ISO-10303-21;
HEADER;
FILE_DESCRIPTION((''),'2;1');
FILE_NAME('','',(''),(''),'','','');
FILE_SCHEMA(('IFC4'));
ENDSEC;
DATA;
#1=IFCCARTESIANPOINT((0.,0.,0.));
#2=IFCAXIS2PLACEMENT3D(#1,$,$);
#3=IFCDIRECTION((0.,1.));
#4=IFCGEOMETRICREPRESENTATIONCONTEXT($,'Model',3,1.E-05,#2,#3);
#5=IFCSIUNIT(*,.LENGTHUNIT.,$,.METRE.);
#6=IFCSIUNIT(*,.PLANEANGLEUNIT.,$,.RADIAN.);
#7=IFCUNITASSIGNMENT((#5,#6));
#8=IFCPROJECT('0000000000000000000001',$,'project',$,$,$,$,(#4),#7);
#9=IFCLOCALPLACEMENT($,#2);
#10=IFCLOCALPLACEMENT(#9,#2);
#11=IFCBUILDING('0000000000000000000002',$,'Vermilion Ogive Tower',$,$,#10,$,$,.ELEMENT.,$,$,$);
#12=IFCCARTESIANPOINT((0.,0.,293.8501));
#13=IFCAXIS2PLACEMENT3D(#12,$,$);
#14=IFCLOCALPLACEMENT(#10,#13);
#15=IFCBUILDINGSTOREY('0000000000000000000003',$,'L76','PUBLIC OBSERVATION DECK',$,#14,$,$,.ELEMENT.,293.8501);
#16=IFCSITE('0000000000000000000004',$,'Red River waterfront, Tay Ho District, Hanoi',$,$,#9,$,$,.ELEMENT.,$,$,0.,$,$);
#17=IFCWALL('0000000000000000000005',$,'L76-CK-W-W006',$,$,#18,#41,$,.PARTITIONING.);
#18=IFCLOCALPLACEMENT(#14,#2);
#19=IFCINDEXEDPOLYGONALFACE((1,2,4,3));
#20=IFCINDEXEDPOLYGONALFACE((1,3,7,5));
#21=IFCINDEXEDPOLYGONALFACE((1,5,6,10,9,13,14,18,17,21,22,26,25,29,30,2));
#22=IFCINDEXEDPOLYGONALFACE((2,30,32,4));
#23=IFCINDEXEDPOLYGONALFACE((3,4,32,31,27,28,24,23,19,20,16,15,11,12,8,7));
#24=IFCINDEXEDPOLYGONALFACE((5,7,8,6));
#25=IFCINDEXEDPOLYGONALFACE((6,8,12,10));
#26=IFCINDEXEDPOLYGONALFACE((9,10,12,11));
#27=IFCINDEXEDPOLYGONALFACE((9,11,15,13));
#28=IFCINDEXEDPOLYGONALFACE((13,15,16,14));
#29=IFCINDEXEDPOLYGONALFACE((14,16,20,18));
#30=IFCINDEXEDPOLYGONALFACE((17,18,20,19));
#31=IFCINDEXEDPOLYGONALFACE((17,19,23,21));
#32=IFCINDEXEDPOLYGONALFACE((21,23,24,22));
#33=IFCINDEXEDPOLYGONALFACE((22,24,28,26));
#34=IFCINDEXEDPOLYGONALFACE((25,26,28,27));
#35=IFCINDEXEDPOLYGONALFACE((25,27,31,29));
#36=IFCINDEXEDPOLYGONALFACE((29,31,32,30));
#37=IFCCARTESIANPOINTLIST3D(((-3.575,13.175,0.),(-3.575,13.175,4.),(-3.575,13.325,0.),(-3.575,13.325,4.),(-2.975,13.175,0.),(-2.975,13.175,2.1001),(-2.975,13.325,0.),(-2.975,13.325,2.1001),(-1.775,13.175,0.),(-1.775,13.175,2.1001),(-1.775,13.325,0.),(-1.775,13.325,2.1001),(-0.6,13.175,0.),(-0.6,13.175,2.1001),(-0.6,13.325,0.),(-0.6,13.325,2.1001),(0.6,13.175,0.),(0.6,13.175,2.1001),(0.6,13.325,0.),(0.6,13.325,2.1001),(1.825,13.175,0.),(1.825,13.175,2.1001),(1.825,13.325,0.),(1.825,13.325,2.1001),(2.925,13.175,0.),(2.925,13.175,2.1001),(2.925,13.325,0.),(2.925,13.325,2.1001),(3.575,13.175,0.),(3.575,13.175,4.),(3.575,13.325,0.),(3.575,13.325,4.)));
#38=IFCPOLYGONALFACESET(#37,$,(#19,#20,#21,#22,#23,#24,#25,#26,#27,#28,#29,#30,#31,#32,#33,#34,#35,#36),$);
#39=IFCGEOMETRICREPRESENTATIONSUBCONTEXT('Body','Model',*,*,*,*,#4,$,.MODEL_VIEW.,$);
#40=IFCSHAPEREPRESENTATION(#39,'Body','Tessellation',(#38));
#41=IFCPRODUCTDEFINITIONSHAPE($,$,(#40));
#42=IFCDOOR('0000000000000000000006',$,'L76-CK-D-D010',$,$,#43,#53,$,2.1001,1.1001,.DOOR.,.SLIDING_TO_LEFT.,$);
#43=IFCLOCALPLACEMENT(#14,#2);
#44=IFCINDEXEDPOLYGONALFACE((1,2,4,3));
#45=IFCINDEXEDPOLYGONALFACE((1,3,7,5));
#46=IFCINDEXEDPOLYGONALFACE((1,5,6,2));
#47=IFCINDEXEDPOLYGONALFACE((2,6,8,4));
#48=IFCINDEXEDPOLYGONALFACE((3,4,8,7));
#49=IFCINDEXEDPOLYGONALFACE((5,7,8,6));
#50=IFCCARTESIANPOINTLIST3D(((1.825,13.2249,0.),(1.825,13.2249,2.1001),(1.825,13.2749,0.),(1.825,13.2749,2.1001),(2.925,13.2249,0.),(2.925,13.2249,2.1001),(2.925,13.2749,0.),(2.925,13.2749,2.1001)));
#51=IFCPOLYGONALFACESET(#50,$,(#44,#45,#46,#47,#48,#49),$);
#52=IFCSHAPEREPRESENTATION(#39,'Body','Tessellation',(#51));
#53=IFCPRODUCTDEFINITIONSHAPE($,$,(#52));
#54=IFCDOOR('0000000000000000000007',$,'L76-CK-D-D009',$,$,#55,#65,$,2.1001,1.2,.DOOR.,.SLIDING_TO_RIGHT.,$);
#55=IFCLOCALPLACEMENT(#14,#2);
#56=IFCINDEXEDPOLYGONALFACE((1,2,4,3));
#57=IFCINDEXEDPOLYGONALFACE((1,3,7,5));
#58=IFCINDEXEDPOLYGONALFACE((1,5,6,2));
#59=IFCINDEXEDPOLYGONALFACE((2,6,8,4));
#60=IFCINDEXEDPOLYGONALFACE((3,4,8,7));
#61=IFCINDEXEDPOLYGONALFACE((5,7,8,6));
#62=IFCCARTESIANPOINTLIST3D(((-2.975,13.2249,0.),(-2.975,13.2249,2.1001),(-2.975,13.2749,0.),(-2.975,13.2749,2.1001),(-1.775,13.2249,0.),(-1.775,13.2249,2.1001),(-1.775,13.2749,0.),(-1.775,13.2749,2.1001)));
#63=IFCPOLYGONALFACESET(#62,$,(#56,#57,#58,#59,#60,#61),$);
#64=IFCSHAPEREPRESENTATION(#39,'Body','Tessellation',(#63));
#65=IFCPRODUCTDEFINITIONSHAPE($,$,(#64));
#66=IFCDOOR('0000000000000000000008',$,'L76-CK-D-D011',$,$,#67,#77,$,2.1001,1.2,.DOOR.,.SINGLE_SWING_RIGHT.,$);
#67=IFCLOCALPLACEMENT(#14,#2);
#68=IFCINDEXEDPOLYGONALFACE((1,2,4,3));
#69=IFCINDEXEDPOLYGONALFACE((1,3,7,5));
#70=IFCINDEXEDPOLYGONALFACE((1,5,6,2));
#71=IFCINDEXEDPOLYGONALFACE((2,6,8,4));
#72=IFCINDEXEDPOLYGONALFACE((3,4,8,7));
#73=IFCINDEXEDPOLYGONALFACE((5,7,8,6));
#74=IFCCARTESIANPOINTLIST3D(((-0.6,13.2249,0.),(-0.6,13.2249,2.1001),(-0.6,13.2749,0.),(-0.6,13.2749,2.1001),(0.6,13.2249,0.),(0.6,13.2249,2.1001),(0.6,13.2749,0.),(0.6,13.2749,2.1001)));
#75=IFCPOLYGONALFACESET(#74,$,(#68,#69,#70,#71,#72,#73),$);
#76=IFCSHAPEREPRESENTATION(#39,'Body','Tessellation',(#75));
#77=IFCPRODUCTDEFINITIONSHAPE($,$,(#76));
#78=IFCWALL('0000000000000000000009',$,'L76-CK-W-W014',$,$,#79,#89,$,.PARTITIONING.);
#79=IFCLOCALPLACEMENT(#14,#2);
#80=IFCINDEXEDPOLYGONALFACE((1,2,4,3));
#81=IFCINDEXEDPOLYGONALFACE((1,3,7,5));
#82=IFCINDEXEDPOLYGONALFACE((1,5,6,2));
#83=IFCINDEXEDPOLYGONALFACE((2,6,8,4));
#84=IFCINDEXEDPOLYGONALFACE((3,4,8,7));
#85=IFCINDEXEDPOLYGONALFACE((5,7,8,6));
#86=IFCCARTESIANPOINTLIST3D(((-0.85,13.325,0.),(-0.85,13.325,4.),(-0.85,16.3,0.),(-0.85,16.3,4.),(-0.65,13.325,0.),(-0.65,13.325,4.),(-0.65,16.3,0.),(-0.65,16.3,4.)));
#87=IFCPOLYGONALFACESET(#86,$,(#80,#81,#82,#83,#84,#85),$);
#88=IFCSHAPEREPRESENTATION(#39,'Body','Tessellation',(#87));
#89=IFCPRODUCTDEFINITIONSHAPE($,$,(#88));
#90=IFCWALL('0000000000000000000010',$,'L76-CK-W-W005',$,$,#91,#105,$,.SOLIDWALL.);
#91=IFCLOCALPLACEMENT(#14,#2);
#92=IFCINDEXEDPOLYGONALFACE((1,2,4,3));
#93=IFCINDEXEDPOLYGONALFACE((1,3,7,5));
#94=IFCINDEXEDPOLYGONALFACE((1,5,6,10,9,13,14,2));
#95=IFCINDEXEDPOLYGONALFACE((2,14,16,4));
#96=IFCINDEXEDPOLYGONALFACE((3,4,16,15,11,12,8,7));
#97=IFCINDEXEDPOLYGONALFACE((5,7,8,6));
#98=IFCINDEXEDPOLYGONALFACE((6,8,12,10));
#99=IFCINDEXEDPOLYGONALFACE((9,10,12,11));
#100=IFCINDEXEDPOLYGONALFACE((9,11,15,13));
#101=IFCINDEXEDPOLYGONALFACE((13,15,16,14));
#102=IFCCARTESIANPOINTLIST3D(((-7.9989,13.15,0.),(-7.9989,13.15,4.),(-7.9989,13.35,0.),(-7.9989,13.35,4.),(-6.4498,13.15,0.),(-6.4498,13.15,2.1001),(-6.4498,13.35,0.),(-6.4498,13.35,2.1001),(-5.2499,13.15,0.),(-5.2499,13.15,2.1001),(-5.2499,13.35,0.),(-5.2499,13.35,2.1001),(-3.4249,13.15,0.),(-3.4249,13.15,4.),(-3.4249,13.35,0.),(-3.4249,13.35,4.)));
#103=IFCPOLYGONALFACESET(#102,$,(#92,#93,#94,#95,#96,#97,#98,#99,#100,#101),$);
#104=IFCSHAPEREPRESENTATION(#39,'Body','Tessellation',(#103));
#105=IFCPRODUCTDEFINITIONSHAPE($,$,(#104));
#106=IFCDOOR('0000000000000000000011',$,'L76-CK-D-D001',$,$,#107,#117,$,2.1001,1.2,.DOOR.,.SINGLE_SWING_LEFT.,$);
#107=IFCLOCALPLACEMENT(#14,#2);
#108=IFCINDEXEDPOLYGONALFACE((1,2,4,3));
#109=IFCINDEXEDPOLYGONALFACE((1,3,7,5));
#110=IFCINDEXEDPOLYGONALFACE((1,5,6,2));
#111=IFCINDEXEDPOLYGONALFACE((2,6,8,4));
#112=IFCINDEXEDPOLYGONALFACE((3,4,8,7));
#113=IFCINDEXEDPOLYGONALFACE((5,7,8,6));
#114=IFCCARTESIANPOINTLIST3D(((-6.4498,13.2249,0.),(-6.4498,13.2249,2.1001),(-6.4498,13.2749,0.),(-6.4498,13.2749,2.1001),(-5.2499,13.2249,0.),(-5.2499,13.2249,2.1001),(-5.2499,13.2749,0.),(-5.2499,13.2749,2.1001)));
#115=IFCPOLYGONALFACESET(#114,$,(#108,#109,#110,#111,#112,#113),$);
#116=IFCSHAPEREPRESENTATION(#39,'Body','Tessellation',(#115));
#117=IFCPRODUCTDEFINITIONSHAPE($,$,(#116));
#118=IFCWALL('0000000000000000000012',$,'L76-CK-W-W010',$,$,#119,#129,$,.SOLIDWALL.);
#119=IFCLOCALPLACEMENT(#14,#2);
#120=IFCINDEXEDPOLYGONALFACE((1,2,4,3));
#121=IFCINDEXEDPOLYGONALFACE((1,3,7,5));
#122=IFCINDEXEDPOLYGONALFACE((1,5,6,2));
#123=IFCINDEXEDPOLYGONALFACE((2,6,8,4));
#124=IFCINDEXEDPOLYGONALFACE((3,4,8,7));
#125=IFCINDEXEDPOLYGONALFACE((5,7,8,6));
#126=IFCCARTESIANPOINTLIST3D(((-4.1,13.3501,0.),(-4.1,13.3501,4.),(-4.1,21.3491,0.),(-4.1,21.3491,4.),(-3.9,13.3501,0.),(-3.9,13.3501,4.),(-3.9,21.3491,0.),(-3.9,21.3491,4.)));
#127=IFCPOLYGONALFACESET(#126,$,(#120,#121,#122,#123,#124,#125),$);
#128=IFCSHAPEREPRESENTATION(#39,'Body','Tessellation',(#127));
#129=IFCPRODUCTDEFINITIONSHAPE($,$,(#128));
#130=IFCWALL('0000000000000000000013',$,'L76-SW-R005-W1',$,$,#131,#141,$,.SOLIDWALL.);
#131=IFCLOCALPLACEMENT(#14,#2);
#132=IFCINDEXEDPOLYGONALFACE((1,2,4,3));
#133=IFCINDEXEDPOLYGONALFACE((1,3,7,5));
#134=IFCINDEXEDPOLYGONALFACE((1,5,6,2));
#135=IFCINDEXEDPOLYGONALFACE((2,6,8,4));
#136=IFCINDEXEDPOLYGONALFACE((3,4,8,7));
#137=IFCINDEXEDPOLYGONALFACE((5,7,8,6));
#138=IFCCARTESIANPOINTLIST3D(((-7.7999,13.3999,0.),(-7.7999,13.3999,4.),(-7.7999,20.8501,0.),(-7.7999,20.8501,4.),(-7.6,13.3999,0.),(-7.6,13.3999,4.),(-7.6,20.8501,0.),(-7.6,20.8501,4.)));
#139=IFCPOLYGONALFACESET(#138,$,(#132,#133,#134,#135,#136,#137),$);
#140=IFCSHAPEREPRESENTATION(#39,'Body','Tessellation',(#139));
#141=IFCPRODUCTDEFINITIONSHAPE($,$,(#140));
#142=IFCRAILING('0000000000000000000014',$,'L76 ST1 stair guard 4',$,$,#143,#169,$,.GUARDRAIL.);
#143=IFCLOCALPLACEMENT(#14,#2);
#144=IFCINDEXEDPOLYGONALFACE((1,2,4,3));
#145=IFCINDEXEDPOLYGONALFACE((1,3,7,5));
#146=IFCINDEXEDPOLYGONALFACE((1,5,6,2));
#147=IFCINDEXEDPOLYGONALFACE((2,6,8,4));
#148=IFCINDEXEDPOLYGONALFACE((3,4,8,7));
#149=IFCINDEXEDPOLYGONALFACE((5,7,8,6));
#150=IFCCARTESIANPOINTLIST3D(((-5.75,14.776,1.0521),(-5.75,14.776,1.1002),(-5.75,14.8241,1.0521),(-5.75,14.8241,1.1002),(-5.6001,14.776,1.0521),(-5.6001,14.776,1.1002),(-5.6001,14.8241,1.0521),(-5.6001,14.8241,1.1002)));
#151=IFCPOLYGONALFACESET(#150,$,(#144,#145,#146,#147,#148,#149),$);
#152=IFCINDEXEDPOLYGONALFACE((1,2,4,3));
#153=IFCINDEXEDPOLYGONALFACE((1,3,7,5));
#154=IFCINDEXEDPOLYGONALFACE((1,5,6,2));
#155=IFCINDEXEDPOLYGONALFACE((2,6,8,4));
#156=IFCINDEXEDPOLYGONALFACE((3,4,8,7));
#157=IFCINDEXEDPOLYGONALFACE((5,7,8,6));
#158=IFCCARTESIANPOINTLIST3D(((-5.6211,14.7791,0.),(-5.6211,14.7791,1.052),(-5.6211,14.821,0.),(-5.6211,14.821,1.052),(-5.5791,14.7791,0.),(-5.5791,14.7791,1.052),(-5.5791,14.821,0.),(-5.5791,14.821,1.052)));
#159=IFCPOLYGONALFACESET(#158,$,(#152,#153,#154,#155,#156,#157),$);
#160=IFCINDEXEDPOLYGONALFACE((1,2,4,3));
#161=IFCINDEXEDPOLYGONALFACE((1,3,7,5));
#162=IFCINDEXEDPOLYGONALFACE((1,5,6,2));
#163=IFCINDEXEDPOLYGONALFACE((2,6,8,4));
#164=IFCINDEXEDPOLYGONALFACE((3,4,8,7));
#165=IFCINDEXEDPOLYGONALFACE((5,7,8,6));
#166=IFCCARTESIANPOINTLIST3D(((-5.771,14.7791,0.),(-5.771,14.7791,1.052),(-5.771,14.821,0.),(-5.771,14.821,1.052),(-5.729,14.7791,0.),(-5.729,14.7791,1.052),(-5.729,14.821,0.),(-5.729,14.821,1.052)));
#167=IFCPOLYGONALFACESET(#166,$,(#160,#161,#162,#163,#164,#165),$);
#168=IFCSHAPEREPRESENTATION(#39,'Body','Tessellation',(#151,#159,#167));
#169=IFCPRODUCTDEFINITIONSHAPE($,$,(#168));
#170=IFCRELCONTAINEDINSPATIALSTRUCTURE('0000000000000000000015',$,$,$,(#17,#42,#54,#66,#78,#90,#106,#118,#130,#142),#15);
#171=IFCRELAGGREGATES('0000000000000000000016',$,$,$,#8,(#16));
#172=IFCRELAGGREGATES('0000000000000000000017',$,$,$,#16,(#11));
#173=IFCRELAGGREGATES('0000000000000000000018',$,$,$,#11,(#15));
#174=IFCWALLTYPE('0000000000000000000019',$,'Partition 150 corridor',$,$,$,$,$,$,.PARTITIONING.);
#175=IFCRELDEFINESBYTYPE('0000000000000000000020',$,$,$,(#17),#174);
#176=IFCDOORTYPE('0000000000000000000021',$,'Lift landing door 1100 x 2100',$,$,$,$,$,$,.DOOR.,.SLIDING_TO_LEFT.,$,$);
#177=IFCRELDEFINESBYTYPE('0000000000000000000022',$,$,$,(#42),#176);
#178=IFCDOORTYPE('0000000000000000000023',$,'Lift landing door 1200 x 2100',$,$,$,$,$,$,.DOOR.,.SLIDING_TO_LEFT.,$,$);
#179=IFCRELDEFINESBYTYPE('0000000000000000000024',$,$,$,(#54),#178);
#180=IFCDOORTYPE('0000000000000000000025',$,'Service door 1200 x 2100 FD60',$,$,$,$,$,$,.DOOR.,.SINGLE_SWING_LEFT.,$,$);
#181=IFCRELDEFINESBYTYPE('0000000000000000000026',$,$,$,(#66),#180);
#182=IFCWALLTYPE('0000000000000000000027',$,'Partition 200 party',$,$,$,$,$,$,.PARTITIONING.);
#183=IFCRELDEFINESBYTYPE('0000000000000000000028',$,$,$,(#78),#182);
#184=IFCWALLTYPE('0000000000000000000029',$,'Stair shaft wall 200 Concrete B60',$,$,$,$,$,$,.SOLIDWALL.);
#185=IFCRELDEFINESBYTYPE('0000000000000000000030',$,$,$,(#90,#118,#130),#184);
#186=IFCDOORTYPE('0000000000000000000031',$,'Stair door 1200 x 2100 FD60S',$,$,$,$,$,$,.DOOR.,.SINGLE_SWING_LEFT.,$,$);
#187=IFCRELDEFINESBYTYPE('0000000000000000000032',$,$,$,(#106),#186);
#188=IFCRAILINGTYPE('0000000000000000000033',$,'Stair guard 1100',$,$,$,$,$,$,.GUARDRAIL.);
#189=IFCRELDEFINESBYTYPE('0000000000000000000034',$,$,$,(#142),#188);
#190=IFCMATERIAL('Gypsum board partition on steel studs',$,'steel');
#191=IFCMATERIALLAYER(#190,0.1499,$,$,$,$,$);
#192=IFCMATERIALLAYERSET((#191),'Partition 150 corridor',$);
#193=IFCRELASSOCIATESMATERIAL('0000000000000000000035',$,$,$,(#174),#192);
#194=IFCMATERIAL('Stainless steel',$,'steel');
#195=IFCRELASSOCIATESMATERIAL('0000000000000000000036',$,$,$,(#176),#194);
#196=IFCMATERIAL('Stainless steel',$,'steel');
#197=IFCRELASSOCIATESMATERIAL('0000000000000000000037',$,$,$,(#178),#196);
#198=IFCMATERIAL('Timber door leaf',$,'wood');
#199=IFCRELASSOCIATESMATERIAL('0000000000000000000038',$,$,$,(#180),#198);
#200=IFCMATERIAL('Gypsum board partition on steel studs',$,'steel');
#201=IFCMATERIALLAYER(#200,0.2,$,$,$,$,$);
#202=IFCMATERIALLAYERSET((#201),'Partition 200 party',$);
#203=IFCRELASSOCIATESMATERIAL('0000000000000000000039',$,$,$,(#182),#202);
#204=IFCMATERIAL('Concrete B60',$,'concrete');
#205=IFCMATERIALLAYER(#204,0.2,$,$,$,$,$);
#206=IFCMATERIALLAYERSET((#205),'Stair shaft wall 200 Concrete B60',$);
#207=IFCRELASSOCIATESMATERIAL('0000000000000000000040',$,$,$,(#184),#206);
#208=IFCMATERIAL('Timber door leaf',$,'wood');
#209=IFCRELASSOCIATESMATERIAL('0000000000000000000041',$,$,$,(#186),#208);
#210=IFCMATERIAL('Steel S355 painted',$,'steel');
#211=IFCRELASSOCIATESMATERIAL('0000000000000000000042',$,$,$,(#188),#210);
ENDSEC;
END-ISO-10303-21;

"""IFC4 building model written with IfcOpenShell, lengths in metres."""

from ifc_helpers import new_model, si_unit, direction, frame, frame_2d, origin, origin_2d, place, context, subcontext, project, spatial, rectangle, extrude, material, layer, layer_set, type_object, element, fill, save


model = new_model("IFC4")

# Units and contexts
model_context = context("Model", 3, precision=1e-05, world=origin(), true_north=direction((0.0, 1.0)))
body_context = subcontext(model_context, "Body", "Model", "MODEL_VIEW")
ifc_project = project(units=[si_unit("LENGTHUNIT", "METRE"), si_unit("PLANEANGLEUNIT", "RADIAN")], contexts=[model_context])

# Site, building, storey
site_placement = place(None, origin())
site = spatial("IfcSite", under=ifc_project, at=site_placement, Name="Red River waterfront, Tay Ho District, Hanoi", CompositionType="ELEMENT", RefElevation=0.0)
building_placement = place(site_placement, origin())
building = spatial("IfcBuilding", under=site, at=building_placement, Name="Vermilion Ogive Tower", CompositionType="ELEMENT")
storey_placement = place(building_placement, frame((0.0, 0.0, 293.8501)))
storey = spatial("IfcBuildingStorey", under=building, at=storey_placement, Name="L76", Description="PUBLIC OBSERVATION DECK", CompositionType="ELEMENT", Elevation=293.8501)

# Shared definitions
ifc_material_1 = material(Name="Gypsum board partition on steel studs", Category="steel")
ifc_layer_1 = layer(ifc_material_1, 0.1499)
ifc_layer_set_1 = layer_set([ifc_layer_1], Name="Partition 150 corridor")
wall_type_1 = type_object("IfcWallType", Name="Partition 150 corridor", PredefinedType="PARTITIONING", material=ifc_layer_set_1)

# Wall, openings, doors
wall_1_placement = place(storey_placement, frame((-3.575, 13.25, 0.0), z_axis=(0.0, 0.0, 1.0), x_axis=(1.0, 0.0, 0.0)))
wall_1 = element("IfcWall", 1, at=wall_1_placement, inside=storey, type_object=wall_type_1, Name="L76-CK-W-W006", PredefinedType="PARTITIONING", context=body_context, shape_type="SweptSolid", body=[
    extrude(rectangle(XDim=7.1499, YDim=0.1499, at=frame_2d((3.575, 0.0))), origin(), (0.0, 0.0, 1.0), 4.0),
])
opening_1_placement = place(wall_1_placement, frame((0.5999, 0.0, 0.0)))
opening_1 = element("IfcOpeningElement", 2, at=opening_1_placement, cuts=wall_1, PredefinedType="OPENING", context=body_context, shape_type="SweptSolid", body=[
    extrude(rectangle(XDim=1.2, YDim=2.1001, at=frame_2d((0.6001, 1.05))), frame((0.0, 0.085, 0.0), z_axis=(0.0, -1.0, 0.0), x_axis=(1.0, 0.0, 0.0)), (0.0, 0.0, 1.0), 0.1699),
])
opening_2_placement = place(wall_1_placement, frame((5.3999, 0.0, 0.0)))
opening_2 = element("IfcOpeningElement", 3, at=opening_2_placement, cuts=wall_1, PredefinedType="OPENING", context=body_context, shape_type="SweptSolid", body=[
    extrude(rectangle(XDim=1.1001, YDim=2.1001, at=frame_2d((0.55, 1.05))), frame((0.0, 0.085, 0.0), z_axis=(0.0, -1.0, 0.0), x_axis=(1.0, 0.0, 0.0)), (0.0, 0.0, 1.0), 0.1699),
])
opening_3_placement = place(wall_1_placement, frame((2.9749, 0.0, 0.0)))
opening_3 = element("IfcOpeningElement", 4, at=opening_3_placement, cuts=wall_1, PredefinedType="OPENING", context=body_context, shape_type="SweptSolid", body=[
    extrude(rectangle(XDim=1.2, YDim=2.1001, at=frame_2d((0.6001, 1.05))), frame((0.0, 0.085, 0.0), z_axis=(0.0, -1.0, 0.0), x_axis=(1.0, 0.0, 0.0)), (0.0, 0.0, 1.0), 0.1699),
])
ifc_material_2 = material(Name="Stainless steel", Category="steel")
door_type_1 = type_object("IfcDoorType", Name="Lift landing door 1100 x 2100", OperationType="SLIDING_TO_LEFT", PredefinedType="DOOR", material=ifc_material_2)
door_1_placement = place(opening_2_placement, origin())
door_1 = element("IfcDoor", 5, at=door_1_placement, inside=storey, type_object=door_type_1, Name="L76-CK-D-D010", OperationType="SLIDING_TO_LEFT", OverallHeight=2.1001, OverallWidth=1.1001, PredefinedType="DOOR", context=body_context, shape_type="SweptSolid", body=[
    extrude(rectangle(XDim=1.1001, YDim=2.1001, at=frame_2d((0.55, 1.05))), frame((0.0, 0.0249, 0.0), z_axis=(0.0, -1.0, 0.0), x_axis=(1.0, 0.0, 0.0)), (0.0, 0.0, 1.0), 0.05),
])
fill(opening_2, door_1)
ifc_material_3 = material(Name="Stainless steel", Category="steel")
door_type_2 = type_object("IfcDoorType", Name="Lift landing door 1200 x 2100", OperationType="SLIDING_TO_LEFT", PredefinedType="DOOR", material=ifc_material_3)
door_2_placement = place(opening_1_placement, origin())
door_2 = element("IfcDoor", 6, at=door_2_placement, inside=storey, type_object=door_type_2, Name="L76-CK-D-D009", OperationType="SLIDING_TO_RIGHT", OverallHeight=2.1001, OverallWidth=1.2, PredefinedType="DOOR", context=body_context, shape_type="SweptSolid", body=[
    extrude(rectangle(XDim=1.2, YDim=2.1001, at=frame_2d((0.6001, 1.05))), frame((0.0, 0.0249, 0.0), z_axis=(0.0, -1.0, 0.0), x_axis=(1.0, 0.0, 0.0)), (0.0, 0.0, 1.0), 0.05),
])
fill(opening_1, door_2)
ifc_material_4 = material(Name="Timber door leaf", Category="wood")
door_type_3 = type_object("IfcDoorType", Name="Service door 1200 x 2100 FD60", OperationType="SINGLE_SWING_LEFT", PredefinedType="DOOR", material=ifc_material_4)
door_3_placement = place(opening_3_placement, origin())
door_3 = element("IfcDoor", 7, at=door_3_placement, inside=storey, type_object=door_type_3, Name="L76-CK-D-D011", OperationType="SINGLE_SWING_RIGHT", OverallHeight=2.1001, OverallWidth=1.2, PredefinedType="DOOR", context=body_context, shape_type="SweptSolid", body=[
    extrude(rectangle(XDim=1.2, YDim=2.1001, at=frame_2d((0.6001, 1.05))), frame((0.0, 0.0249, 0.0), z_axis=(0.0, -1.0, 0.0), x_axis=(1.0, 0.0, 0.0)), (0.0, 0.0, 1.0), 0.05),
])
fill(opening_3, door_3)

# Wall
ifc_material_5 = material(Name="Gypsum board partition on steel studs", Category="steel")
ifc_layer_2 = layer(ifc_material_5, 0.2)
ifc_layer_set_2 = layer_set([ifc_layer_2], Name="Partition 200 party")
wall_type_2 = type_object("IfcWallType", Name="Partition 200 party", PredefinedType="PARTITIONING", material=ifc_layer_set_2)
wall_2_placement = place(storey_placement, frame((-0.75, 13.325, 0.0), z_axis=(0.0, 0.0, 1.0), x_axis=(0.0, 1.0, 0.0)))
element("IfcWall", 8, at=wall_2_placement, inside=storey, type_object=wall_type_2, Name="L76-CK-W-W014", PredefinedType="PARTITIONING", context=body_context, shape_type="SweptSolid", body=[
    extrude(rectangle(XDim=2.9751, YDim=0.2, at=frame_2d((1.4875, 0.0))), origin(), (0.0, 0.0, 1.0), 4.0),
])

# Wall, opening, door
ifc_material_6 = material(Name="Concrete B60", Category="concrete")
ifc_layer_3 = layer(ifc_material_6, 0.2)
ifc_layer_set_3 = layer_set([ifc_layer_3], Name="Stair shaft wall 200 Concrete B60")
wall_type_3 = type_object("IfcWallType", Name="Stair shaft wall 200 Concrete B60", PredefinedType="SOLIDWALL", material=ifc_layer_set_3)
wall_3_placement = place(storey_placement, frame((-7.999, 13.25, 0.0), z_axis=(0.0, 0.0, 1.0), x_axis=(1.0, 0.0, 0.0)))
wall_3 = element("IfcWall", 9, at=wall_3_placement, inside=storey, type_object=wall_type_3, Name="L76-CK-W-W005", PredefinedType="SOLIDWALL", context=body_context, shape_type="SweptSolid", body=[
    extrude(rectangle(XDim=4.574, YDim=0.2, at=frame_2d((2.2871, 0.0))), origin(), (0.0, 0.0, 1.0), 4.0),
])
opening_4_placement = place(wall_3_placement, frame((1.5491, 0.0, 0.0)))
opening_4 = element("IfcOpeningElement", 10, at=opening_4_placement, cuts=wall_3, PredefinedType="OPENING", context=body_context, shape_type="SweptSolid", body=[
    extrude(rectangle(XDim=1.2, YDim=2.1001, at=frame_2d((0.6001, 1.05))), frame((0.0, 0.1099, 0.0), z_axis=(0.0, -1.0, 0.0), x_axis=(1.0, 0.0, 0.0)), (0.0, 0.0, 1.0), 0.22),
])
ifc_material_7 = material(Name="Timber door leaf", Category="wood")
door_type_4 = type_object("IfcDoorType", Name="Stair door 1200 x 2100 FD60S", OperationType="SINGLE_SWING_LEFT", PredefinedType="DOOR", material=ifc_material_7)
door_4_placement = place(opening_4_placement, origin())
door_4 = element("IfcDoor", 11, at=door_4_placement, inside=storey, type_object=door_type_4, Name="L76-CK-D-D001", OperationType="SINGLE_SWING_LEFT", OverallHeight=2.1001, OverallWidth=1.2, PredefinedType="DOOR", context=body_context, shape_type="SweptSolid", body=[
    extrude(rectangle(XDim=1.2, YDim=2.1001, at=frame_2d((0.6001, 1.05))), frame((0.0, 0.0249, 0.0), z_axis=(0.0, -1.0, 0.0), x_axis=(1.0, 0.0, 0.0)), (0.0, 0.0, 1.0), 0.05),
])
fill(opening_4, door_4)

# Walls
wall_4_placement = place(storey_placement, frame((-4.0, 13.3501, 0.0), z_axis=(0.0, 0.0, 1.0), x_axis=(0.0, 1.0, 0.0)))
element("IfcWall", 12, at=wall_4_placement, inside=storey, type_object=wall_type_3, Name="L76-CK-W-W010", PredefinedType="SOLIDWALL", context=body_context, shape_type="SweptSolid", body=[
    extrude(rectangle(XDim=7.999, YDim=0.2, at=frame_2d((3.9995, 0.0))), origin(), (0.0, 0.0, 1.0), 4.0),
])
wall_5_placement = place(storey_placement, frame((-7.7, 13.3999, 0.0), z_axis=(0.0, 0.0, 1.0), x_axis=(0.0, 1.0, 0.0)))
element("IfcWall", 13, at=wall_5_placement, inside=storey, type_object=wall_type_3, Name="L76-SW-R005-W1", PredefinedType="SOLIDWALL", context=body_context, shape_type="SweptSolid", body=[
    extrude(rectangle(XDim=7.4502, YDim=0.2, at=frame_2d((3.7251, 0.0))), origin(), (0.0, 0.0, 1.0), 4.0),
])

# Railing
ifc_material_8 = material(Name="Steel S355 painted", Category="steel")
railing_type = type_object("IfcRailingType", Name="Stair guard 1100", PredefinedType="GUARDRAIL", material=ifc_material_8)
railing_1_placement = place(storey_placement, frame((-5.6001, 14.8, 0.0)))
element("IfcRailing", 14, at=railing_1_placement, inside=storey, type_object=railing_type, Name="L76 ST1 stair guard 4", PredefinedType="GUARDRAIL", context=body_context, shape_type="SweptSolid", body=[
    extrude(rectangle(XDim=0.0481, YDim=0.0481, at=origin_2d()), frame((0.0, 0.0, 1.0762), z_axis=(-1.0, 0.0, 0.0), x_axis=(0.0, -1.0, 0.0)), (0.0, 0.0, 1.0), 0.1499),
    extrude(rectangle(XDim=0.042, YDim=0.042, at=origin_2d()), origin(), (0.0, 0.0, 1.0), 1.052),
    extrude(rectangle(XDim=0.042, YDim=0.042, at=origin_2d()), frame((-0.1499, 0.0, 0.0)), (0.0, 0.0, 1.0), 1.052),
])

save(model, "model.ifc")
